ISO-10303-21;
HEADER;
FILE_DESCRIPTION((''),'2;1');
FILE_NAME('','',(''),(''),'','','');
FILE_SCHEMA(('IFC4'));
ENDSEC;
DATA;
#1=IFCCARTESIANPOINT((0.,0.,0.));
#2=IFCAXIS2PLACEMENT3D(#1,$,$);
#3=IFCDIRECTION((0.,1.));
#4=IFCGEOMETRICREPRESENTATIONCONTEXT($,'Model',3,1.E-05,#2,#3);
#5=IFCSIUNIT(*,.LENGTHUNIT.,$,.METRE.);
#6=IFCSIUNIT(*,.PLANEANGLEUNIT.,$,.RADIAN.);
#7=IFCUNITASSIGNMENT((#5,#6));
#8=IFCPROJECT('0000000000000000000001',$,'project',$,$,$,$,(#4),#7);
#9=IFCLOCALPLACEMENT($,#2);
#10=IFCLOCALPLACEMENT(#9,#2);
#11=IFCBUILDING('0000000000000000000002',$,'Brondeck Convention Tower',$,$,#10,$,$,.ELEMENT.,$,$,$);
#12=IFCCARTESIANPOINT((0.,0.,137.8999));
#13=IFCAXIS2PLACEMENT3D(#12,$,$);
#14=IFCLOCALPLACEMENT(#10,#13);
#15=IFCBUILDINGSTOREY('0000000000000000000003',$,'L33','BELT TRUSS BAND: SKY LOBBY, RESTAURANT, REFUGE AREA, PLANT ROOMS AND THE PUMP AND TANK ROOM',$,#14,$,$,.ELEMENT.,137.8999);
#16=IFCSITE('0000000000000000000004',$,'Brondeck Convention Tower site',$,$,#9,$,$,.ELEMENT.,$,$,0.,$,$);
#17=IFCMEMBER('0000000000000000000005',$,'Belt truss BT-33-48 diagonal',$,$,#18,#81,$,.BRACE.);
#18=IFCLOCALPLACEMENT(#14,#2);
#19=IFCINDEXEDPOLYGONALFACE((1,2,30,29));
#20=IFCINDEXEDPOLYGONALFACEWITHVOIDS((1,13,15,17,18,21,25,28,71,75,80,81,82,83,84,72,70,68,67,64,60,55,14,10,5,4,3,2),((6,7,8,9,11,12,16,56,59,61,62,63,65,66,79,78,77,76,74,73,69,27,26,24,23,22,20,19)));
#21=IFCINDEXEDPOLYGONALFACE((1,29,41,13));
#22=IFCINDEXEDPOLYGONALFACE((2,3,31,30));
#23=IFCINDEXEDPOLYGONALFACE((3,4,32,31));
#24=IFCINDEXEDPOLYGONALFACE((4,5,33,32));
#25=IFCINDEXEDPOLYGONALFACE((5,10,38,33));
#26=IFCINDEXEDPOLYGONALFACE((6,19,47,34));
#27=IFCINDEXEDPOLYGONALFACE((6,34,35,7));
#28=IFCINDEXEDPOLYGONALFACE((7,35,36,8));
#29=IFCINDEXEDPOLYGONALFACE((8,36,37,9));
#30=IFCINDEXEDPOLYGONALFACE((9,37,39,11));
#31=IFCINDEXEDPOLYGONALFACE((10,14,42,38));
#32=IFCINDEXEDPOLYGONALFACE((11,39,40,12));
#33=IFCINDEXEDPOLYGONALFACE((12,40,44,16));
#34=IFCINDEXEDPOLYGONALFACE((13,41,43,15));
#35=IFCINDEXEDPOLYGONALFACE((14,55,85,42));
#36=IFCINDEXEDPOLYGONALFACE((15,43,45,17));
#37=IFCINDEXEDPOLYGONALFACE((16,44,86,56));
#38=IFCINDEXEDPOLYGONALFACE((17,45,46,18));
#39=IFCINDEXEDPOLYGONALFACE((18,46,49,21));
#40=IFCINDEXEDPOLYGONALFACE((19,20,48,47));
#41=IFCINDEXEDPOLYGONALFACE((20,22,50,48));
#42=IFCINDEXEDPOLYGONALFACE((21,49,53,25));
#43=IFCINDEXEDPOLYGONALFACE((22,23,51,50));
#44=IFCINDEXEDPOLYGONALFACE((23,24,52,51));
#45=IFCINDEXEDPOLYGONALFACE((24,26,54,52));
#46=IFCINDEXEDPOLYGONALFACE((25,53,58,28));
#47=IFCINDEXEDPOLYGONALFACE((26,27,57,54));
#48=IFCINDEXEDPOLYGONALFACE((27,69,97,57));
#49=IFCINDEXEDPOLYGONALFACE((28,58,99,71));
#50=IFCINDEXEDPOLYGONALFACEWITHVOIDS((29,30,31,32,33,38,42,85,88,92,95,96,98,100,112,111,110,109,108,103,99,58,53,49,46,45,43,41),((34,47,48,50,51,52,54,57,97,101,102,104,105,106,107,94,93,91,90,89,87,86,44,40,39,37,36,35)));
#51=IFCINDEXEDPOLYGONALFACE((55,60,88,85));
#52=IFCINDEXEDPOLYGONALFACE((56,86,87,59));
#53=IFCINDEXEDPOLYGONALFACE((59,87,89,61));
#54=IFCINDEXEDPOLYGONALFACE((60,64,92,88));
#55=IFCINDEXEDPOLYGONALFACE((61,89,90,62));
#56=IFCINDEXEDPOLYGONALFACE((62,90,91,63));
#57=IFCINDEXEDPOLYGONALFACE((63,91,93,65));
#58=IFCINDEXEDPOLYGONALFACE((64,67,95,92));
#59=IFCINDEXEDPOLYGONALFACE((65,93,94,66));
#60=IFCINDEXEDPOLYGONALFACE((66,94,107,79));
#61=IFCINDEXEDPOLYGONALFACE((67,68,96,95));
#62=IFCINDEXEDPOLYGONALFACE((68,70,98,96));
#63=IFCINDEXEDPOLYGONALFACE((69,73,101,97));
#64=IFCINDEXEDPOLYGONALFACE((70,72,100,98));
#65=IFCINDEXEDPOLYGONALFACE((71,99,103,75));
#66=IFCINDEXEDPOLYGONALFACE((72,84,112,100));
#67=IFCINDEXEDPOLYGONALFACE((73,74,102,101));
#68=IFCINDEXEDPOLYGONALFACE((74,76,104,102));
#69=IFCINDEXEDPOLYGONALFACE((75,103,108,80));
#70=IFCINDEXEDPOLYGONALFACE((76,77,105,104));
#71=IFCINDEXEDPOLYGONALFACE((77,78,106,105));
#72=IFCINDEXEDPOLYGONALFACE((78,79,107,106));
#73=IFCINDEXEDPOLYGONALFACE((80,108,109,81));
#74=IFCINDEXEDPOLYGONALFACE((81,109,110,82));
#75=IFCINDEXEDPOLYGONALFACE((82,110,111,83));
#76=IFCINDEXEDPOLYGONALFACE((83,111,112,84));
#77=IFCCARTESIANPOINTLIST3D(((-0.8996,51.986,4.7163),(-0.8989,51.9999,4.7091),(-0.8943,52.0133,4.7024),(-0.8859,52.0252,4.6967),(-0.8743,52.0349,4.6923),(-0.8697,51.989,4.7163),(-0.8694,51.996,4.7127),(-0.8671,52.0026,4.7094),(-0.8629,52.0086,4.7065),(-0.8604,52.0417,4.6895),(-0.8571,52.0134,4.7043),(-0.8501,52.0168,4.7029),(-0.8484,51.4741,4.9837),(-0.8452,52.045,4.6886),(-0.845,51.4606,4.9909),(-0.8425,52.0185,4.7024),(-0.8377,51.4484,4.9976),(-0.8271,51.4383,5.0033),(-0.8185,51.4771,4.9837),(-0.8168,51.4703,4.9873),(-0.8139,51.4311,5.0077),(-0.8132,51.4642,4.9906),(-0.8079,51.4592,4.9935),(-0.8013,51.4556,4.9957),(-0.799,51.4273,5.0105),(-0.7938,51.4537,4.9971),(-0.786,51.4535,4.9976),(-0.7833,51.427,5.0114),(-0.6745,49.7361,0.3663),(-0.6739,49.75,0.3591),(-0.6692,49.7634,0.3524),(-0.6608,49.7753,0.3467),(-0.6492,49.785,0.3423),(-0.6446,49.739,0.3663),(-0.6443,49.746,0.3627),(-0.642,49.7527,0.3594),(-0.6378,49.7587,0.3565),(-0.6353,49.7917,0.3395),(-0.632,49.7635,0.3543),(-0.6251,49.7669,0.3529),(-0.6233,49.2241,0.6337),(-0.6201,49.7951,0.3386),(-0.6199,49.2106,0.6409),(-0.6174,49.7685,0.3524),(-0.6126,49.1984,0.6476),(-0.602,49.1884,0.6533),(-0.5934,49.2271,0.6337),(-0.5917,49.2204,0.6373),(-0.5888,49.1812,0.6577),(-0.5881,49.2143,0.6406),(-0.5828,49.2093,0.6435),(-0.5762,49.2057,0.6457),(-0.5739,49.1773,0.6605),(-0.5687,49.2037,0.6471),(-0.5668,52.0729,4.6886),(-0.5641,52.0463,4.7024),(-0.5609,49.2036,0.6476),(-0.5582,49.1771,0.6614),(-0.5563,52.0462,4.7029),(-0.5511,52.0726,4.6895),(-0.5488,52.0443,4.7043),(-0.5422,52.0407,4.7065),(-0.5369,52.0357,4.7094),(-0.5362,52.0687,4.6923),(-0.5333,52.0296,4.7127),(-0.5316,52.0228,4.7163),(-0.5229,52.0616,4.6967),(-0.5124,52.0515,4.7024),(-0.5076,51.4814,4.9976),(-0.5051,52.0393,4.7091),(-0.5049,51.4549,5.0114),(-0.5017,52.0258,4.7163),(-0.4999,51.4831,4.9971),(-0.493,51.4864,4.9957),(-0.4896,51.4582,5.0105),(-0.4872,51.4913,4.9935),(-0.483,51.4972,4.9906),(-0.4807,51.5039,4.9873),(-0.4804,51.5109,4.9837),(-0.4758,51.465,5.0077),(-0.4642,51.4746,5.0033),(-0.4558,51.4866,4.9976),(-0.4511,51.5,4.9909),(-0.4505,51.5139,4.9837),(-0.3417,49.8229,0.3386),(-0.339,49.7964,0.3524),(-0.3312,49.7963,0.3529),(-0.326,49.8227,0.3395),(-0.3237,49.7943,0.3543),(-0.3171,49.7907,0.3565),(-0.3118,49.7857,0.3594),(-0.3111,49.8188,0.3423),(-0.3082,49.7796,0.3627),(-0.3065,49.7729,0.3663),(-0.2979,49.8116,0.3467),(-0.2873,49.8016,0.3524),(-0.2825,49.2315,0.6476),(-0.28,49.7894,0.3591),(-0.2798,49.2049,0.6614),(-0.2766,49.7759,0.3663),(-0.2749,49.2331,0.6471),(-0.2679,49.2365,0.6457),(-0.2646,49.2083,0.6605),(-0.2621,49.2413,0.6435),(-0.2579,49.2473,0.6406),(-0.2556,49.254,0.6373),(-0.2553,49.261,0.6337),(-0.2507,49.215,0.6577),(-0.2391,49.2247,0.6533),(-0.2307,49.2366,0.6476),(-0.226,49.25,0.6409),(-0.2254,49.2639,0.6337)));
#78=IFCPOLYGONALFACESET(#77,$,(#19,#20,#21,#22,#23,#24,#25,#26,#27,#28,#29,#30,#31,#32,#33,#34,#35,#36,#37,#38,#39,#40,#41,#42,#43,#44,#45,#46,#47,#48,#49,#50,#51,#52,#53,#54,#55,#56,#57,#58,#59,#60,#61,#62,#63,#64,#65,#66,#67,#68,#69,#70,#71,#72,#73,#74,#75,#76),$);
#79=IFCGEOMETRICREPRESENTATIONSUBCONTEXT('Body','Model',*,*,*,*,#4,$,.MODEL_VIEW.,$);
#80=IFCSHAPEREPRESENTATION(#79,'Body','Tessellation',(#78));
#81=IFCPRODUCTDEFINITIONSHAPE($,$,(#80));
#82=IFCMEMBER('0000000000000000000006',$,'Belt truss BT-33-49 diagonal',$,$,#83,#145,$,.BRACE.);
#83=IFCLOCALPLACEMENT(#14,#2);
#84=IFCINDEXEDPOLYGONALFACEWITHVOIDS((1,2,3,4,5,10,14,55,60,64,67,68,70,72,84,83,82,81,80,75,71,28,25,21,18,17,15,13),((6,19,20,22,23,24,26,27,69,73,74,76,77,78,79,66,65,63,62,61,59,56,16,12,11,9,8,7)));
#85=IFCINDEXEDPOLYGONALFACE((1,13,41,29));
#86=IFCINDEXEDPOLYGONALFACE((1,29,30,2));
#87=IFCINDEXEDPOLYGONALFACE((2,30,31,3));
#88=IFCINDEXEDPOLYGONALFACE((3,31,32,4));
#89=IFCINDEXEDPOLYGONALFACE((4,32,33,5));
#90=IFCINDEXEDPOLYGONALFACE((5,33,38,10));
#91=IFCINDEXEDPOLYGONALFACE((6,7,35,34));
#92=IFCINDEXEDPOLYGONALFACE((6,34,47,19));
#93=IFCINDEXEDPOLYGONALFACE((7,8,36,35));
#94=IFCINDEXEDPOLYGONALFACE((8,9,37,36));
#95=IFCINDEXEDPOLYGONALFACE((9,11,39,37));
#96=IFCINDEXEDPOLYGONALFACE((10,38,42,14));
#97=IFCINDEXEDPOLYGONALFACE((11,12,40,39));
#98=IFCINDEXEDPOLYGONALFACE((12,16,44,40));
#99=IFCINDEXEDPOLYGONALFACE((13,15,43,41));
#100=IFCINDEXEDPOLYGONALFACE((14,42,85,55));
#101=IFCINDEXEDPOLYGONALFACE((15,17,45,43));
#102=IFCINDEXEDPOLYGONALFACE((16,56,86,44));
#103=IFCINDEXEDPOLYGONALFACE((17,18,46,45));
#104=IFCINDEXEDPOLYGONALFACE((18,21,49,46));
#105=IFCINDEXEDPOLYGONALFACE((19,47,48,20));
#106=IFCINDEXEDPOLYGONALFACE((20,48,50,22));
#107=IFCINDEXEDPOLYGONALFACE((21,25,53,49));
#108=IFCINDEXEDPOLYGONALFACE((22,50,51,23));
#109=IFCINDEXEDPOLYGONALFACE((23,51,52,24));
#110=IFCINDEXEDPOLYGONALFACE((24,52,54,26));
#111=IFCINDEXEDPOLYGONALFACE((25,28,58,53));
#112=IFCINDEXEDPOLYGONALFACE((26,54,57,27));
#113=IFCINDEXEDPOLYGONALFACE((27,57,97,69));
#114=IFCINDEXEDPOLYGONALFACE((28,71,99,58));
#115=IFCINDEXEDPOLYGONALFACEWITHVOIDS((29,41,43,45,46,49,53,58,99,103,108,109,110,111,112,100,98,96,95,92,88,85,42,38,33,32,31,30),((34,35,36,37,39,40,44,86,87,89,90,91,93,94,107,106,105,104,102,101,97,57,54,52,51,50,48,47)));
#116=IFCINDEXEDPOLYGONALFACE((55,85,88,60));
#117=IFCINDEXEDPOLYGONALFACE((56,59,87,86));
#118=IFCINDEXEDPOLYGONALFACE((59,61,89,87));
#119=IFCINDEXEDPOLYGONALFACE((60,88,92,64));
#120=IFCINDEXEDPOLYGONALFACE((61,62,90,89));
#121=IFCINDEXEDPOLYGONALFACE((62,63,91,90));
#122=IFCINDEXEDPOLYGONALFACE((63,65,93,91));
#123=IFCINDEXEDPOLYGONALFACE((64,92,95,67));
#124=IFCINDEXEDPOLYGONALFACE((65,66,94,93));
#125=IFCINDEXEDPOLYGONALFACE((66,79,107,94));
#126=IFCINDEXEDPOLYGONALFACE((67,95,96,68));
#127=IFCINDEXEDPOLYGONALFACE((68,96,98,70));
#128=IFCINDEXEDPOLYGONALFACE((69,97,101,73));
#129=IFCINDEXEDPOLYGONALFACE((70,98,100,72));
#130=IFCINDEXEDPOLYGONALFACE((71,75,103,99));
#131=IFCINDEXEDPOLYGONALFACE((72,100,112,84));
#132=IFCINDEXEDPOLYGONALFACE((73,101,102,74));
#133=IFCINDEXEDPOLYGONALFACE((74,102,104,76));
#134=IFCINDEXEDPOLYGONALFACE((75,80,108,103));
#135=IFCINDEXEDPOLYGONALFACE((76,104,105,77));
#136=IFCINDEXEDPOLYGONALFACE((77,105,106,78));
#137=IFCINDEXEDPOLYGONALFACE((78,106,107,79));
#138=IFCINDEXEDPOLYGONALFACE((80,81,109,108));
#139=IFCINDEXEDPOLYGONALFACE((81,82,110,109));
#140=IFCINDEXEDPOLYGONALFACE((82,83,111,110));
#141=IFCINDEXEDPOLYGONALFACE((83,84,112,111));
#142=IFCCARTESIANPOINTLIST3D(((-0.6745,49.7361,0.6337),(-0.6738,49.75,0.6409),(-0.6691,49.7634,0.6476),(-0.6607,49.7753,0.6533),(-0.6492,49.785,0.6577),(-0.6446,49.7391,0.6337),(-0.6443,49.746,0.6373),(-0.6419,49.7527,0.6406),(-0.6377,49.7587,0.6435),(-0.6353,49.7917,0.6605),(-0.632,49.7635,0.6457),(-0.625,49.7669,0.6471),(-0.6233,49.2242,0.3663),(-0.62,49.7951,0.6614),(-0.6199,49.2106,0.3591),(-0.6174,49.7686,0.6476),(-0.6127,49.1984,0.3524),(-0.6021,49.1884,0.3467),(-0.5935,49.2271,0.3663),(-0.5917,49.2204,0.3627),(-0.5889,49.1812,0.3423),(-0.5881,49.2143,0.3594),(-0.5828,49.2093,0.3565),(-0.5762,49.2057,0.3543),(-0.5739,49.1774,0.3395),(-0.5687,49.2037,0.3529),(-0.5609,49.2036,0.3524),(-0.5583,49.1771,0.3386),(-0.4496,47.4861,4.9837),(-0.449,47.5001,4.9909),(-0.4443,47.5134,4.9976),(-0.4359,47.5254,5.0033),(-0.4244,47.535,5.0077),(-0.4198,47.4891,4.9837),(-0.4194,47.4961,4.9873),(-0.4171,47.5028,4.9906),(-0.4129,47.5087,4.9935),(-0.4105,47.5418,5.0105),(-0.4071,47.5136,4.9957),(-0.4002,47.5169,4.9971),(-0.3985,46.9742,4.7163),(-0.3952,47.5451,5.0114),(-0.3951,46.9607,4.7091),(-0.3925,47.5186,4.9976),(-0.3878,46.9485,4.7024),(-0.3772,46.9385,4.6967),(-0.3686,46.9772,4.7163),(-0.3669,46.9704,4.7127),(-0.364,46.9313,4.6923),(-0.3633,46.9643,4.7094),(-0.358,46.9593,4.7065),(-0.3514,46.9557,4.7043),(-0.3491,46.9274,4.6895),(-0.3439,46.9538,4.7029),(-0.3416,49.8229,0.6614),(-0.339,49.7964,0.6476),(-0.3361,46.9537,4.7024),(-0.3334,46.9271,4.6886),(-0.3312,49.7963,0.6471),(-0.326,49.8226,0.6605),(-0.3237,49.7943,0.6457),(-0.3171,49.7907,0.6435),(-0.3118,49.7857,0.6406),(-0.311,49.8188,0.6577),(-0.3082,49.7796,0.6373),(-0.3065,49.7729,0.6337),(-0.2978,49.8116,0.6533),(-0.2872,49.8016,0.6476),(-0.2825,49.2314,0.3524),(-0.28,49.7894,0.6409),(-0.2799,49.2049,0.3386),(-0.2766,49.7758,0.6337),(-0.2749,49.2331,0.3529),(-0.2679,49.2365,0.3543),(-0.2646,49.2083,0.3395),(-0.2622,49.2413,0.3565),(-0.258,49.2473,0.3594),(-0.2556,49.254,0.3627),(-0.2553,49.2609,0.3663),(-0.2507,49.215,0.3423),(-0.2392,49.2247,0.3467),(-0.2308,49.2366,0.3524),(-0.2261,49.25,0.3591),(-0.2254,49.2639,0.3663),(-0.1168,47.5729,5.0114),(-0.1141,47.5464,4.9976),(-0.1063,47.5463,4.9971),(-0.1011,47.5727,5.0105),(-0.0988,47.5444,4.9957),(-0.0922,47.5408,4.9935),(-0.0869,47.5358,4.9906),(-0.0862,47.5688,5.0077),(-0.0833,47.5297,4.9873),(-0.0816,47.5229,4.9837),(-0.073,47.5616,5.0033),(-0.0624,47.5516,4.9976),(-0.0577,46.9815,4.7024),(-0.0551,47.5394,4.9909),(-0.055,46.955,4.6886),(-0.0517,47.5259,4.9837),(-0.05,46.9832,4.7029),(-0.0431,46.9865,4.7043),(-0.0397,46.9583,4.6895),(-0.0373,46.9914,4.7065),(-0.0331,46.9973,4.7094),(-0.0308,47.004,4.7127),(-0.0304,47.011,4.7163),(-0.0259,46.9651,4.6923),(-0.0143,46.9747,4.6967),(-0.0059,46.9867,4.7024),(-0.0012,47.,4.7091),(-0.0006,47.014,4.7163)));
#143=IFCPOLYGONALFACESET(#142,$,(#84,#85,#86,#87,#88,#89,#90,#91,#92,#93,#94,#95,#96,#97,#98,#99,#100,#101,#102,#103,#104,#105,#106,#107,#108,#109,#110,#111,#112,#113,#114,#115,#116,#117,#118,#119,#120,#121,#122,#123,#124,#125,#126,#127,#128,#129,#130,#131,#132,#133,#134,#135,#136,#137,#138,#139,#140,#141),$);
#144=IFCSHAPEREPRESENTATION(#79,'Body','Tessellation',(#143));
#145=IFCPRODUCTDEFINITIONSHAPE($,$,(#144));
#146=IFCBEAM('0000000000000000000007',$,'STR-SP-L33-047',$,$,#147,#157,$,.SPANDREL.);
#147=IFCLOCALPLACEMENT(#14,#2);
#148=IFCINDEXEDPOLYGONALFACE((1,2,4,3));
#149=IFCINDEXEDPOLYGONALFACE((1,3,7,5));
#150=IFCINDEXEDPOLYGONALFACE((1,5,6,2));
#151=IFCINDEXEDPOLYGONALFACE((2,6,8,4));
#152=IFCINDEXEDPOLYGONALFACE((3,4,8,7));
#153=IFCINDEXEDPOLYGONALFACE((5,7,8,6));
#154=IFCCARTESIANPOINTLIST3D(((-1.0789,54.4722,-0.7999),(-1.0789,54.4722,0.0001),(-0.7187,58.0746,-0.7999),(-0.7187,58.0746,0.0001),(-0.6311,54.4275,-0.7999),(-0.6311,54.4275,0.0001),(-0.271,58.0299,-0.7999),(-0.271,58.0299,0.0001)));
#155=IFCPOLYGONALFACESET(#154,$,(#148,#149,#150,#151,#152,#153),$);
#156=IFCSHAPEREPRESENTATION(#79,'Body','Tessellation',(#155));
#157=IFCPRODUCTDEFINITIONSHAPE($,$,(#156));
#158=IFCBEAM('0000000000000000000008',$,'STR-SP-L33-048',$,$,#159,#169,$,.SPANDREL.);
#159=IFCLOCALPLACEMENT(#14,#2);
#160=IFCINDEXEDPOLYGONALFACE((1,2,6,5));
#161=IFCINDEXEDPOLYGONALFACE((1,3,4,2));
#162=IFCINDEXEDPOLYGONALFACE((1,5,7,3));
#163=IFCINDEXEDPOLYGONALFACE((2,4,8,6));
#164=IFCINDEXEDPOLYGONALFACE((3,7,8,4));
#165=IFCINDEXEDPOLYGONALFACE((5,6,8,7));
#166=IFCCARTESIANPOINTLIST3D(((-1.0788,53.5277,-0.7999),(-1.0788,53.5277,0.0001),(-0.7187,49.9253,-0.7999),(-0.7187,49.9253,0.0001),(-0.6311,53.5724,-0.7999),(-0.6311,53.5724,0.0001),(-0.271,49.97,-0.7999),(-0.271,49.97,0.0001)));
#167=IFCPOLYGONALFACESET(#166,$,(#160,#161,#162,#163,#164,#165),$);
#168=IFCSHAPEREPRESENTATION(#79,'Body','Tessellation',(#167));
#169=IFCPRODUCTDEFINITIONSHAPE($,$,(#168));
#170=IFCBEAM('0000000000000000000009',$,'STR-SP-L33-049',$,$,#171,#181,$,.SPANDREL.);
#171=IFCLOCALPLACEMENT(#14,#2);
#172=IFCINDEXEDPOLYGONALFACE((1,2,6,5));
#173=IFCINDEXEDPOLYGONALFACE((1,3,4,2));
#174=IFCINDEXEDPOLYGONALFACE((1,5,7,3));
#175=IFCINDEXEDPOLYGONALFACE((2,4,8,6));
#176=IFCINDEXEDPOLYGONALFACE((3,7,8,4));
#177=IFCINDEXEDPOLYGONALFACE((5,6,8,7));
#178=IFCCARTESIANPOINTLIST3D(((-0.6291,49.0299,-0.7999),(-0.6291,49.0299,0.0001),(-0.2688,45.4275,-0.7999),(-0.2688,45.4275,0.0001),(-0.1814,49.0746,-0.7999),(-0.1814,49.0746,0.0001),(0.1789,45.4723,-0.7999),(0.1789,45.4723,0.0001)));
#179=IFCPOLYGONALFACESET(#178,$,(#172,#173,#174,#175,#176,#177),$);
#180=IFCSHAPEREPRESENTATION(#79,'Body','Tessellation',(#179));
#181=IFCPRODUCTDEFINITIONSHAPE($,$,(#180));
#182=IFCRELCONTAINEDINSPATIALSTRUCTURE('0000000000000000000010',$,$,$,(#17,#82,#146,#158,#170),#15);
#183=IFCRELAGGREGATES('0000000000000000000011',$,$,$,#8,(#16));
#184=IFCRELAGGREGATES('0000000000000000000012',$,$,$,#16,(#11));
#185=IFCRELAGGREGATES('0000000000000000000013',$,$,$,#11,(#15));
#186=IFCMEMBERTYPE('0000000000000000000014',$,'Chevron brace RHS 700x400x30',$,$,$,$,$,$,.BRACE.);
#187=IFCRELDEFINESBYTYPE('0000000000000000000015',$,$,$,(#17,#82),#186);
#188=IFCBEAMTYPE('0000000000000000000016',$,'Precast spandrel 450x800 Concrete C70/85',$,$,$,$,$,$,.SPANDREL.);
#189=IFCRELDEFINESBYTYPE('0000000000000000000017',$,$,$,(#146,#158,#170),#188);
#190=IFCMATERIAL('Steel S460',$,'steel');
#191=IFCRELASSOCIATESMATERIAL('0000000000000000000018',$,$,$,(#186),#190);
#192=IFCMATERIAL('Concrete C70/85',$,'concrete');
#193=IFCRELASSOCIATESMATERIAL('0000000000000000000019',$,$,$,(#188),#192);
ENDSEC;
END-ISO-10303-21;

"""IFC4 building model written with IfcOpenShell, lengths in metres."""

from ifc_helpers import new_model, si_unit, direction, frame, origin, origin_2d, place, context, subcontext, project, spatial, rectangle, hollow_rectangle, extrude, material, material_profile, profile_set, type_object, element, save


model = new_model("IFC4")

# Units and contexts
model_context = context("Model", 3, precision=1e-05, world=origin(), true_north=direction((0.0, 1.0)))
body_context = subcontext(model_context, "Body", "Model", "MODEL_VIEW")
ifc_project = project(units=[si_unit("LENGTHUNIT", "METRE"), si_unit("PLANEANGLEUNIT", "RADIAN")], contexts=[model_context])

# Site, building, storey
site_placement = place(None, origin())
site = spatial("IfcSite", under=ifc_project, at=site_placement, Name="Brondeck Convention Tower site", CompositionType="ELEMENT", RefElevation=0.0)
building_placement = place(site_placement, origin())
building = spatial("IfcBuilding", under=site, at=building_placement, Name="Brondeck Convention Tower", CompositionType="ELEMENT")
storey_placement = place(building_placement, frame((0.0, 0.0, 137.8999)))
storey = spatial("IfcBuildingStorey", under=building, at=storey_placement, Name="L33", Description="BELT TRUSS BAND: SKY LOBBY, RESTAURANT, REFUGE AREA, PLANT ROOMS AND THE PUMP AND TANK ROOM", CompositionType="ELEMENT", Elevation=137.8999)

# Shared definitions
ifc_material_1 = material(Name="Concrete C70/85", Category="concrete")

# Members
ifc_material_2 = material(Name="Steel S460", Category="steel")
ifc_material_profile_1 = material_profile(ifc_material_2, hollow_rectangle(XDim=0.3999, YDim=0.7, WallThickness=0.03, InnerFilletRadius=0.03, OuterFilletRadius=0.0601, at=origin_2d()), Name="RHS 700x400x30")
ifc_profile_set_1 = profile_set([ifc_material_profile_1], Name="Steel S460")
member_type_1 = type_object("IfcMemberType", Name="Chevron brace RHS 700x400x30", PredefinedType="BRACE", material=ifc_profile_set_1)
for number, where, z_axis, x_axis, name in (
    (1, (-0.45, 49.5, 0.5), (-0.045913, 0.45893, 0.887285), (-0.995033, -0.099546, 0.0), "Belt truss BT-33-48 diagonal"),
    (2, (-0.45, 49.5, 0.5), (0.045863, -0.458931, 0.887287), (0.995044, 0.09944, 0.0), "Belt truss BT-33-49 diagonal"),
):
    element("IfcMember", number, at=place(storey_placement, frame(where, z_axis=z_axis, x_axis=x_axis)), inside=storey, type_object=member_type_1, Name=name, PredefinedType="BRACE", context=body_context, shape_type="SweptSolid", body=[
        extrude(hollow_rectangle(XDim=0.3999, YDim=0.7, WallThickness=0.03, InnerFilletRadius=0.03, OuterFilletRadius=0.0601, at=origin_2d()), origin(), (0.0, 0.0, 1.0), 4.9026),
    ])

# Beams
ifc_material_profile_2 = material_profile(ifc_material_1, rectangle(XDim=0.45, YDim=0.8, at=origin_2d()), Name="Precast spandrel 450x800 Concrete C70/85")
ifc_profile_set_2 = profile_set([ifc_material_profile_2], Name="Concrete C70/85")
beam_type = type_object("IfcBeamType", Name="Precast spandrel 450x800 Concrete C70/85", PredefinedType="SPANDREL", material=ifc_profile_set_2)
for number, where, z_axis, x_axis, name in (
    (3, (-0.4949, 58.0522, -0.3999), (-0.09947, -0.995041, 0.0), (0.995041, -0.09947, 0.0), "STR-SP-L33-047"),
    (4, (-0.855, 53.55, -0.3999), (0.09947, -0.995041, 0.0), (0.995041, 0.09947, 0.0), "STR-SP-L33-048"),
    (5, (-0.4053, 49.0522, -0.3999), (0.099537, -0.995034, 0.0), (0.995034, 0.099537, 0.0), "STR-SP-L33-049"),
):
    element("IfcBeam", number, at=place(storey_placement, frame(where, z_axis=z_axis, x_axis=x_axis)), inside=storey, type_object=beam_type, Name=name, PredefinedType="SPANDREL", context=body_context, shape_type="SweptSolid", body=[
        extrude(rectangle(XDim=0.45, YDim=0.8, at=origin_2d()), origin(), (0.0, 0.0, 1.0), 3.6204),
    ])

save(model, "model.ifc")
